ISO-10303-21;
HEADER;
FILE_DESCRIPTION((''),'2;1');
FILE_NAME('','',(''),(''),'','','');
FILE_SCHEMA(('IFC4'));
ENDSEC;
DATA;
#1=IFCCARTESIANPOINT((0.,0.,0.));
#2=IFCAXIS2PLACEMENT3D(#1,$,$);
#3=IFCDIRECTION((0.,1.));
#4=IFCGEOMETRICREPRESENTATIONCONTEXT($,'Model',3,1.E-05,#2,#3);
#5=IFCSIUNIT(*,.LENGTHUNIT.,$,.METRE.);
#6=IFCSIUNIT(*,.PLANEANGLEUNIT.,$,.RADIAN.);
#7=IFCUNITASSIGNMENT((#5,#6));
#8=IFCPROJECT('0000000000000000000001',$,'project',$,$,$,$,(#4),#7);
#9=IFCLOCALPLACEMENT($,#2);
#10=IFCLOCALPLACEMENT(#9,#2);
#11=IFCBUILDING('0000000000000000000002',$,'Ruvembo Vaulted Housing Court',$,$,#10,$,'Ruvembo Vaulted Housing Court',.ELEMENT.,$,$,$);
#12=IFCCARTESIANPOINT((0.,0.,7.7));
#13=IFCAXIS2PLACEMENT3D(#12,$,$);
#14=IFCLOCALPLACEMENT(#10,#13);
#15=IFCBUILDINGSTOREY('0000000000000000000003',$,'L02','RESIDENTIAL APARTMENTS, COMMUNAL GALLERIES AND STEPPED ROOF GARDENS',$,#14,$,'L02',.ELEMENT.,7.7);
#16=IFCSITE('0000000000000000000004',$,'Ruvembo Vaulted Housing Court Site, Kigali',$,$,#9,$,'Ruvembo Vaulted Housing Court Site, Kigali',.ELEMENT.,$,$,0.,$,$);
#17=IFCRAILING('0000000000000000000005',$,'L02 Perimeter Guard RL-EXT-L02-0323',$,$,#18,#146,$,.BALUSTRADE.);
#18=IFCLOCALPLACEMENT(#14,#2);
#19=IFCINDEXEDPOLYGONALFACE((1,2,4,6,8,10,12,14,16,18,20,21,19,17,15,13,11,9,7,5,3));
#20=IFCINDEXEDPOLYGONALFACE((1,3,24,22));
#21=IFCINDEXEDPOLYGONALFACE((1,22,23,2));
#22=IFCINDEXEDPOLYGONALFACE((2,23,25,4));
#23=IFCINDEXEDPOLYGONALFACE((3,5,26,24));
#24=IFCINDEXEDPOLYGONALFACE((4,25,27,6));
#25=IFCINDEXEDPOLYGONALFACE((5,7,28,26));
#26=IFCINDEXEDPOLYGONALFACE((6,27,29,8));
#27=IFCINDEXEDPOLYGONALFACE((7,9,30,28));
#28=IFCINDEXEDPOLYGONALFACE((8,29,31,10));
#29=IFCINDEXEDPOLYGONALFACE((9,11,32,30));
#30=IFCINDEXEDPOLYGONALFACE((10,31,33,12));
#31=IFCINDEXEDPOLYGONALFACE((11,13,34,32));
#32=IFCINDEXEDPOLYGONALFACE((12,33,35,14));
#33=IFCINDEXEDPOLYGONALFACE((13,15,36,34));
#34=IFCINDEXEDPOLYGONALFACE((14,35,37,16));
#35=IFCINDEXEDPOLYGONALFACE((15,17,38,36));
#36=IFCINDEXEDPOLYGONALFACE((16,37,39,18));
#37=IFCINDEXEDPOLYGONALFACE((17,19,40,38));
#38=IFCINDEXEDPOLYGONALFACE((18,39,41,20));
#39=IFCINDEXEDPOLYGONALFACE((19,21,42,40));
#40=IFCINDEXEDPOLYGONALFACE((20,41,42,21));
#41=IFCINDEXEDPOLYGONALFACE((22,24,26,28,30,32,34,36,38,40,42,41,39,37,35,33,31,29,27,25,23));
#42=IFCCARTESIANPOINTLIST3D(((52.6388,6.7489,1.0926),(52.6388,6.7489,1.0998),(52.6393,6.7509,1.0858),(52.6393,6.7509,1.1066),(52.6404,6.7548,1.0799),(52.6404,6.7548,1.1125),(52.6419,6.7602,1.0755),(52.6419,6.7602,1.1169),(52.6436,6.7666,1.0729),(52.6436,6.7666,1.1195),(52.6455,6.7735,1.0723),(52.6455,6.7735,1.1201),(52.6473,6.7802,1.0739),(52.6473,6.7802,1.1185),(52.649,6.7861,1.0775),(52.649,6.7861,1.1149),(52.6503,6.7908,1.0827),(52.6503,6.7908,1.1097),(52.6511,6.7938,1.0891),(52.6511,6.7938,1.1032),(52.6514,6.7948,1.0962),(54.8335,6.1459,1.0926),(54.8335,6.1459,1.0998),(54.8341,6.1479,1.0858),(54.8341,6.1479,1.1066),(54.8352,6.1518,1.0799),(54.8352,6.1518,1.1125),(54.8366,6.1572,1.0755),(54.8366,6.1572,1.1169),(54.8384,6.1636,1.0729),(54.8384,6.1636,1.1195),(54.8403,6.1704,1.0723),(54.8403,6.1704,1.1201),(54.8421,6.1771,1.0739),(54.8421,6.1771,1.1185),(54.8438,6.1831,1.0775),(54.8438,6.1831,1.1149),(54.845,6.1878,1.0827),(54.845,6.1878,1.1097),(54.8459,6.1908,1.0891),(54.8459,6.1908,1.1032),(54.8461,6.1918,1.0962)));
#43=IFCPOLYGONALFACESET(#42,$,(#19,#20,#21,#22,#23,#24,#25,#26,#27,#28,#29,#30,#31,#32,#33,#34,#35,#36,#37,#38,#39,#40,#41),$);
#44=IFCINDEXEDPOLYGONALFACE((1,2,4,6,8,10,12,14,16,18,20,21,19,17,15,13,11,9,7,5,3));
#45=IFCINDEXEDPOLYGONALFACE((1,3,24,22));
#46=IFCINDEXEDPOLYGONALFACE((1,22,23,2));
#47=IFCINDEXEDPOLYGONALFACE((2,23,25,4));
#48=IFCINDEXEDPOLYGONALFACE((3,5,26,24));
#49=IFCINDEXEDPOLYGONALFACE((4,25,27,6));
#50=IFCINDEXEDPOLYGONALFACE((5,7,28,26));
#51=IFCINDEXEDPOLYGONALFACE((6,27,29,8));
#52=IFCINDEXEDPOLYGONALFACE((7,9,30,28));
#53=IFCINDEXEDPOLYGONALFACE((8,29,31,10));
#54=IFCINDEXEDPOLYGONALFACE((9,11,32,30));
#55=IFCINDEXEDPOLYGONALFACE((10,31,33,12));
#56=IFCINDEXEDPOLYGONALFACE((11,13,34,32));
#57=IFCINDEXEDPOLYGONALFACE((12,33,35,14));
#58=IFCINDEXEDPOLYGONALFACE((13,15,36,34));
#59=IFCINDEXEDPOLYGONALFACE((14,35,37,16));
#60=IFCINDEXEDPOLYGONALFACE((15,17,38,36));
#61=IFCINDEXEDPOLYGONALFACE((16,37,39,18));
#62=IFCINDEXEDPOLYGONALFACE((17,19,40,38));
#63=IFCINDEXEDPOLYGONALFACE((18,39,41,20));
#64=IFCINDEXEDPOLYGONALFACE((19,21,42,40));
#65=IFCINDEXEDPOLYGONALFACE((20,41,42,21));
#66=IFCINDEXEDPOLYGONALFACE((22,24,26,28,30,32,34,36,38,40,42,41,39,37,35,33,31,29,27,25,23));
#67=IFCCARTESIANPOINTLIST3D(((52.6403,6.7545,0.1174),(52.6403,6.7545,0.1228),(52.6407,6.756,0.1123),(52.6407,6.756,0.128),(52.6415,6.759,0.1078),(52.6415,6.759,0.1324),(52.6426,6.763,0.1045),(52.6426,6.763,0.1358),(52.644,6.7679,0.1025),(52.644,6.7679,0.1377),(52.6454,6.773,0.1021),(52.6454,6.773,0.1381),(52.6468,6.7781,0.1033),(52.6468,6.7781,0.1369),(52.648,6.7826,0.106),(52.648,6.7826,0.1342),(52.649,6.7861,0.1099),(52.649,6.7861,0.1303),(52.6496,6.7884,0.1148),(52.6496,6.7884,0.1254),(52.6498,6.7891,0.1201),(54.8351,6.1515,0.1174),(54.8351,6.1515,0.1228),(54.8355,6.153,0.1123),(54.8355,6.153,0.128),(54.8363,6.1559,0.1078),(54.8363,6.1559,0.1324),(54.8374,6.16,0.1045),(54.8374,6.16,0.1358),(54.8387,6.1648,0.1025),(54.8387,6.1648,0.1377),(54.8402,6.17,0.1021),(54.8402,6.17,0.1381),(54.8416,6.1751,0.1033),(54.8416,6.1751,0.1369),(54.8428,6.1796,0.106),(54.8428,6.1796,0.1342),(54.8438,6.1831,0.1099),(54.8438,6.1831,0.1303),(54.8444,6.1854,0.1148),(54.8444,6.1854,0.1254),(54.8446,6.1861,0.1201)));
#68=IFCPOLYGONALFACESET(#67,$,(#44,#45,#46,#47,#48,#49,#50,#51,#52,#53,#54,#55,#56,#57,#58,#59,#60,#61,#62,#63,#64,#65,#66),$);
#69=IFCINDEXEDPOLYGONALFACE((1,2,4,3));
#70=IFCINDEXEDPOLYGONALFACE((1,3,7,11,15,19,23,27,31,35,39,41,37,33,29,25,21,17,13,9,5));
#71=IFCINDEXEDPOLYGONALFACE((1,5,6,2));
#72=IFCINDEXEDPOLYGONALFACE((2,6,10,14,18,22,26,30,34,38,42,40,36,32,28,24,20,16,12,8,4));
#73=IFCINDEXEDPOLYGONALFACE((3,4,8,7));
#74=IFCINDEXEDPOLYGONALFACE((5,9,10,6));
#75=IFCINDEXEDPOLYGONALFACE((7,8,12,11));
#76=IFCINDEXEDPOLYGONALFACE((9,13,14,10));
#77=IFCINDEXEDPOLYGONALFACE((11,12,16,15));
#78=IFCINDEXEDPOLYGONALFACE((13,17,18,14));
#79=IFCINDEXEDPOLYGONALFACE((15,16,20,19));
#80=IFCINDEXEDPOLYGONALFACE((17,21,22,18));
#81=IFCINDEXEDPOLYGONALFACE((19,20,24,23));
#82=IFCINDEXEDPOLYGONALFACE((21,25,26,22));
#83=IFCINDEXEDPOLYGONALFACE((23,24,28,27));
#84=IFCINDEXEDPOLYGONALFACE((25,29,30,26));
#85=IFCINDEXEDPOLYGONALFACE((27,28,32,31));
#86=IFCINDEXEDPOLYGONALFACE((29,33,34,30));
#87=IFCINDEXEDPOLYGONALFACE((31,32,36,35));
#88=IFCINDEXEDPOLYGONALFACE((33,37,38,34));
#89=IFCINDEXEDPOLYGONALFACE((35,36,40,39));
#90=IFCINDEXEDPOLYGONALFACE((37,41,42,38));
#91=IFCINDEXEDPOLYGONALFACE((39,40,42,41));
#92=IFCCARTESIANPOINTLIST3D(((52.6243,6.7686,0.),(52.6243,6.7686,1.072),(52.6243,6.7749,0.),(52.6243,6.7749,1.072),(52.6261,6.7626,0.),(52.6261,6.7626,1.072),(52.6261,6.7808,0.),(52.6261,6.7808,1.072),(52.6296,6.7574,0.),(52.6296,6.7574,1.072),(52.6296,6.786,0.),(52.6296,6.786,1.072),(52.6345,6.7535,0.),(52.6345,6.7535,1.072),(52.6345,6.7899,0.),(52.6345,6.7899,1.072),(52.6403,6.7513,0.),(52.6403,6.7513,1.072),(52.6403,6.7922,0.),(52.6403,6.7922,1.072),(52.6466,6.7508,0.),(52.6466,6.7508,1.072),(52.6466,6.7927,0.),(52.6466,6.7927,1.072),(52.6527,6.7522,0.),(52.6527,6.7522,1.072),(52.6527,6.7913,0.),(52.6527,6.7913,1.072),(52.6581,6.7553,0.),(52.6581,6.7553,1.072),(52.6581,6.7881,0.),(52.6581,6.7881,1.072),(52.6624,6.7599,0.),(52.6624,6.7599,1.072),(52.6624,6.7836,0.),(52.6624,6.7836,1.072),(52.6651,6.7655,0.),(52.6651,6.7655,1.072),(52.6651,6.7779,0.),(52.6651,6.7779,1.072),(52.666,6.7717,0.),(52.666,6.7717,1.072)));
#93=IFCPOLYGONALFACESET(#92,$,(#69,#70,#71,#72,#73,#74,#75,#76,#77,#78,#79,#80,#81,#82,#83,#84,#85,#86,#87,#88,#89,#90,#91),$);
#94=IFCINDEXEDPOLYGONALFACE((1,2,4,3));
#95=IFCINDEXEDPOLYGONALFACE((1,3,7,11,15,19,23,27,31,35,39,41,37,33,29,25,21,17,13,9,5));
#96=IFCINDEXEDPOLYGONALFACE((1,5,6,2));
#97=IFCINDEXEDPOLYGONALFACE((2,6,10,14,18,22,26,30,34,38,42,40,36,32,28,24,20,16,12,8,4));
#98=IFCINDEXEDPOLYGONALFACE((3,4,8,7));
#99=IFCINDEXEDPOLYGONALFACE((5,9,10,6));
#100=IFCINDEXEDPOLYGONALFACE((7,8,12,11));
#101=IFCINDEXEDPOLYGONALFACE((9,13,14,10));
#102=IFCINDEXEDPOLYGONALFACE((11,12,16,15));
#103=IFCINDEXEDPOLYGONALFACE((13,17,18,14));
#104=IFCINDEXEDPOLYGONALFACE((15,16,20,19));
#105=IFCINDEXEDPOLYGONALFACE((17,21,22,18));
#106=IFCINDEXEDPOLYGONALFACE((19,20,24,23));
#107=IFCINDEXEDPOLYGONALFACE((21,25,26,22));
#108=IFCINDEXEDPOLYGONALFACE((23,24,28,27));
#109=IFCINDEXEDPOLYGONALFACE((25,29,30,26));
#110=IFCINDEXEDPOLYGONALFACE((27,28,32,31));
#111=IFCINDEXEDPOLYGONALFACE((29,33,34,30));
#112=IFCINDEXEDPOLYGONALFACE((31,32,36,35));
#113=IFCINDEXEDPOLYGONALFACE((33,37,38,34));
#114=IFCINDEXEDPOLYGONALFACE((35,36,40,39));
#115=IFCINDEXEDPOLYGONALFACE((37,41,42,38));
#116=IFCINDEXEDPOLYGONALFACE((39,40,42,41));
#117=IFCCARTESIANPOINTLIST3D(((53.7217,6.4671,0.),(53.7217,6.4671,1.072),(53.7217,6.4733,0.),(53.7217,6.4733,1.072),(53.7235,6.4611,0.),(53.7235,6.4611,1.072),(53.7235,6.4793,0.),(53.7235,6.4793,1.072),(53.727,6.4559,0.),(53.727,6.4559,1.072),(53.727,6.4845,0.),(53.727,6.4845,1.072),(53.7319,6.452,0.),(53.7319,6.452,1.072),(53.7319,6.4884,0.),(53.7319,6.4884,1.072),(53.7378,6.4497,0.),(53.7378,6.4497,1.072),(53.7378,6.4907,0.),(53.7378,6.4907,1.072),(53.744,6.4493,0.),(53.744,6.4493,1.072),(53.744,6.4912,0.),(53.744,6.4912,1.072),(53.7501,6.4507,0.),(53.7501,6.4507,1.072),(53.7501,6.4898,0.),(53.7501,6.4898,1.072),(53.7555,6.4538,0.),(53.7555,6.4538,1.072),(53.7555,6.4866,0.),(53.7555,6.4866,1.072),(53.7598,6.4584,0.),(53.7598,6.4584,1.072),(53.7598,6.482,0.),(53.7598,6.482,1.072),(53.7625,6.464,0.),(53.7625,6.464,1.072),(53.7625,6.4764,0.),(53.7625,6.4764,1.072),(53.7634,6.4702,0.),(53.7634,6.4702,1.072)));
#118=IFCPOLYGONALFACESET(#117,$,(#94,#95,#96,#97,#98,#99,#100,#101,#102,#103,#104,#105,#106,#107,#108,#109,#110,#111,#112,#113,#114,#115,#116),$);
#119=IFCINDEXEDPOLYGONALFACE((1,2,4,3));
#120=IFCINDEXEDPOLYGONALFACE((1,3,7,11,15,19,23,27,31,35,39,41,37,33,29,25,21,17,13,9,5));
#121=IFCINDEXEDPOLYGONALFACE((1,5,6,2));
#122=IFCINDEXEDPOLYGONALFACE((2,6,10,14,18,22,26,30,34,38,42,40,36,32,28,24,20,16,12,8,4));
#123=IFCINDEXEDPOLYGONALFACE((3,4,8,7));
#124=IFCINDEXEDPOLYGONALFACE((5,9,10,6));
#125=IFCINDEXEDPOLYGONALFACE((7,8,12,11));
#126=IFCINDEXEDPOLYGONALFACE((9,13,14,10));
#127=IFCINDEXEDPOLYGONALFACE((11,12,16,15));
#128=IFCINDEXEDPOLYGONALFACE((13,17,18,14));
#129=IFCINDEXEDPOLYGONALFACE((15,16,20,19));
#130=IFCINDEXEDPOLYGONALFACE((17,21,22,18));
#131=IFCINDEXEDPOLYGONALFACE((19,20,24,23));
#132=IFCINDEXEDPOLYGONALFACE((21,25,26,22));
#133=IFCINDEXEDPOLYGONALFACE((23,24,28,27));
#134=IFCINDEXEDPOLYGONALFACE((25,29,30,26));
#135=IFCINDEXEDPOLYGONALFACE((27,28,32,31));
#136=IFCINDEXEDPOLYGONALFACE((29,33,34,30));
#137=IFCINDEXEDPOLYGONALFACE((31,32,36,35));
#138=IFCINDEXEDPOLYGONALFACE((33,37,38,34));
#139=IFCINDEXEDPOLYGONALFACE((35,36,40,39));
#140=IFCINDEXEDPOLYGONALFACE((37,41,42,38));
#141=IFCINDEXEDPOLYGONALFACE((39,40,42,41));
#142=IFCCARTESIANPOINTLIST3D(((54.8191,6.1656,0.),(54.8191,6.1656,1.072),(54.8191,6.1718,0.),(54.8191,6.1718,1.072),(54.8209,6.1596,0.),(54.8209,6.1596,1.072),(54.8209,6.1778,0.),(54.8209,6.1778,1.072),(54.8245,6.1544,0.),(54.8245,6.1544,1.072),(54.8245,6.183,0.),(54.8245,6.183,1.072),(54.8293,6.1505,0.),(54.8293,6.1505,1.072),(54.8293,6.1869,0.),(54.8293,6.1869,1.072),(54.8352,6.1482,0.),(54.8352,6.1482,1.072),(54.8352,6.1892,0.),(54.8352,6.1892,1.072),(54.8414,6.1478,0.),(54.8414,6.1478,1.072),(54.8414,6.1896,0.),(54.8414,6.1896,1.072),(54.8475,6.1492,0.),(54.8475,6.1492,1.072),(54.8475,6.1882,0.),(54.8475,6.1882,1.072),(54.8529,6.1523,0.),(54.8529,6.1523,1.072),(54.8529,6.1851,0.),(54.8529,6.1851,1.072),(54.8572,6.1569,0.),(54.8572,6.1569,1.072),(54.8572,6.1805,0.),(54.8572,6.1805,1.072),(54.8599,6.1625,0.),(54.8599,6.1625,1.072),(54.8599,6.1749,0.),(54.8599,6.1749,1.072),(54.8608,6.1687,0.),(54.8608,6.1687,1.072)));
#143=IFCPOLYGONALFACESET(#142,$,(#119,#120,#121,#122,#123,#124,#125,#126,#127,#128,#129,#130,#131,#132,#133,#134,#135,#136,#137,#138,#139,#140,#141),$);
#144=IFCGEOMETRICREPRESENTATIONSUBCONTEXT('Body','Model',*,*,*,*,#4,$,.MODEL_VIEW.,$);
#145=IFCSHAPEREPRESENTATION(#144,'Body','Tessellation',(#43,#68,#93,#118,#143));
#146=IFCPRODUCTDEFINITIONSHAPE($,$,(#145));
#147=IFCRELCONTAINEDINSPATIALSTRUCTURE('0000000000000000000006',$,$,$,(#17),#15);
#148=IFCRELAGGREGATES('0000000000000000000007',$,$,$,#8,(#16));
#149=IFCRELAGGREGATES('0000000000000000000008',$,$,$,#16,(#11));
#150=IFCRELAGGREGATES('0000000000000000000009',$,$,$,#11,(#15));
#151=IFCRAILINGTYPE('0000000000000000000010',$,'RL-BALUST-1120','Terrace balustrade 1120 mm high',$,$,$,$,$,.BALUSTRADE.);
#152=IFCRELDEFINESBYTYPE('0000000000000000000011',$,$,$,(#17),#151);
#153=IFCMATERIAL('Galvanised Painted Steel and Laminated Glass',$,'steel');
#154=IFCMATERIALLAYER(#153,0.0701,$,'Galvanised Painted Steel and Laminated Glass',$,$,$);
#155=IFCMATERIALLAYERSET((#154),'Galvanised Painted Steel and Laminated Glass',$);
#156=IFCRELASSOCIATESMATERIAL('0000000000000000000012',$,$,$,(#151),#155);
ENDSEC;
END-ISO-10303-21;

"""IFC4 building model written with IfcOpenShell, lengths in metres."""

from ifc_helpers import new_model, si_unit, direction, frame, origin, origin_2d, place, context, subcontext, project, spatial, circle, extrude, material, layer, layer_set, type_object, element, save


model = new_model("IFC4")

# Units and contexts
model_context = context("Model", 3, precision=1e-05, world=origin(), true_north=direction((0.0, 1.0)))
body_context = subcontext(model_context, "Body", "Model", "MODEL_VIEW")
ifc_project = project(units=[si_unit("LENGTHUNIT", "METRE"), si_unit("PLANEANGLEUNIT", "RADIAN")], contexts=[model_context])

# Site, building, storey
site_placement = place(None, origin())
site = spatial("IfcSite", under=ifc_project, at=site_placement, Name="Ruvembo Vaulted Housing Court Site, Kigali", LongName="Ruvembo Vaulted Housing Court Site, Kigali", CompositionType="ELEMENT", RefElevation=0.0)
building_placement = place(site_placement, origin())
building = spatial("IfcBuilding", under=site, at=building_placement, Name="Ruvembo Vaulted Housing Court", LongName="Ruvembo Vaulted Housing Court", CompositionType="ELEMENT")
storey_placement = place(building_placement, frame((0.0, 0.0, 7.7)))
storey = spatial("IfcBuildingStorey", under=building, at=storey_placement, Name="L02", Description="RESIDENTIAL APARTMENTS, COMMUNAL GALLERIES AND STEPPED ROOF GARDENS", LongName="L02", CompositionType="ELEMENT", Elevation=7.7)

# Railing
ifc_material_1 = material(Name="Galvanised Painted Steel and Laminated Glass", Category="steel")
ifc_layer_1 = layer(ifc_material_1, 0.0701, Name="Galvanised Painted Steel and Laminated Glass")
ifc_layer_set_1 = layer_set([ifc_layer_1], Name="Galvanised Painted Steel and Laminated Glass")
railing_type = type_object("IfcRailingType", Name="RL-BALUST-1120", Description="Terrace balustrade 1120 mm high", PredefinedType="BALUSTRADE", material=ifc_layer_set_1)
railing_1_placement = place(storey_placement, frame((52.645, 6.7717, 0.0)))
element("IfcRailing", 1, at=railing_1_placement, inside=storey, type_object=railing_type, Name="L02 Perimeter Guard RL-EXT-L02-0323", PredefinedType="BALUSTRADE", context=body_context, shape_type="SweptSolid", body=[
    extrude(circle(Radius=0.0239, at=origin_2d()), frame((0.0, 0.0, 1.0962), z_axis=(0.964267, -0.264932, 0.0), x_axis=(0.264932, 0.964267, 0.0)), (0.0, 0.0, 1.0), 2.2761),
    extrude(circle(Radius=0.0181, at=origin_2d()), frame((0.0, 0.0, 0.1201), z_axis=(0.964267, -0.264932, 0.0), x_axis=(0.264932, 0.964267, 0.0)), (0.0, 0.0, 1.0), 2.2761),
    extrude(circle(Radius=0.021, at=origin_2d()), origin(), (0.0, 0.0, 1.0), 1.072),
    extrude(circle(Radius=0.021, at=origin_2d()), frame((1.0974, -0.3015, 0.0)), (0.0, 0.0, 1.0), 1.072),
    extrude(circle(Radius=0.021, at=origin_2d()), frame((2.1948, -0.603, 0.0)), (0.0, 0.0, 1.0), 1.072),
])

save(model, "model.ifc")
